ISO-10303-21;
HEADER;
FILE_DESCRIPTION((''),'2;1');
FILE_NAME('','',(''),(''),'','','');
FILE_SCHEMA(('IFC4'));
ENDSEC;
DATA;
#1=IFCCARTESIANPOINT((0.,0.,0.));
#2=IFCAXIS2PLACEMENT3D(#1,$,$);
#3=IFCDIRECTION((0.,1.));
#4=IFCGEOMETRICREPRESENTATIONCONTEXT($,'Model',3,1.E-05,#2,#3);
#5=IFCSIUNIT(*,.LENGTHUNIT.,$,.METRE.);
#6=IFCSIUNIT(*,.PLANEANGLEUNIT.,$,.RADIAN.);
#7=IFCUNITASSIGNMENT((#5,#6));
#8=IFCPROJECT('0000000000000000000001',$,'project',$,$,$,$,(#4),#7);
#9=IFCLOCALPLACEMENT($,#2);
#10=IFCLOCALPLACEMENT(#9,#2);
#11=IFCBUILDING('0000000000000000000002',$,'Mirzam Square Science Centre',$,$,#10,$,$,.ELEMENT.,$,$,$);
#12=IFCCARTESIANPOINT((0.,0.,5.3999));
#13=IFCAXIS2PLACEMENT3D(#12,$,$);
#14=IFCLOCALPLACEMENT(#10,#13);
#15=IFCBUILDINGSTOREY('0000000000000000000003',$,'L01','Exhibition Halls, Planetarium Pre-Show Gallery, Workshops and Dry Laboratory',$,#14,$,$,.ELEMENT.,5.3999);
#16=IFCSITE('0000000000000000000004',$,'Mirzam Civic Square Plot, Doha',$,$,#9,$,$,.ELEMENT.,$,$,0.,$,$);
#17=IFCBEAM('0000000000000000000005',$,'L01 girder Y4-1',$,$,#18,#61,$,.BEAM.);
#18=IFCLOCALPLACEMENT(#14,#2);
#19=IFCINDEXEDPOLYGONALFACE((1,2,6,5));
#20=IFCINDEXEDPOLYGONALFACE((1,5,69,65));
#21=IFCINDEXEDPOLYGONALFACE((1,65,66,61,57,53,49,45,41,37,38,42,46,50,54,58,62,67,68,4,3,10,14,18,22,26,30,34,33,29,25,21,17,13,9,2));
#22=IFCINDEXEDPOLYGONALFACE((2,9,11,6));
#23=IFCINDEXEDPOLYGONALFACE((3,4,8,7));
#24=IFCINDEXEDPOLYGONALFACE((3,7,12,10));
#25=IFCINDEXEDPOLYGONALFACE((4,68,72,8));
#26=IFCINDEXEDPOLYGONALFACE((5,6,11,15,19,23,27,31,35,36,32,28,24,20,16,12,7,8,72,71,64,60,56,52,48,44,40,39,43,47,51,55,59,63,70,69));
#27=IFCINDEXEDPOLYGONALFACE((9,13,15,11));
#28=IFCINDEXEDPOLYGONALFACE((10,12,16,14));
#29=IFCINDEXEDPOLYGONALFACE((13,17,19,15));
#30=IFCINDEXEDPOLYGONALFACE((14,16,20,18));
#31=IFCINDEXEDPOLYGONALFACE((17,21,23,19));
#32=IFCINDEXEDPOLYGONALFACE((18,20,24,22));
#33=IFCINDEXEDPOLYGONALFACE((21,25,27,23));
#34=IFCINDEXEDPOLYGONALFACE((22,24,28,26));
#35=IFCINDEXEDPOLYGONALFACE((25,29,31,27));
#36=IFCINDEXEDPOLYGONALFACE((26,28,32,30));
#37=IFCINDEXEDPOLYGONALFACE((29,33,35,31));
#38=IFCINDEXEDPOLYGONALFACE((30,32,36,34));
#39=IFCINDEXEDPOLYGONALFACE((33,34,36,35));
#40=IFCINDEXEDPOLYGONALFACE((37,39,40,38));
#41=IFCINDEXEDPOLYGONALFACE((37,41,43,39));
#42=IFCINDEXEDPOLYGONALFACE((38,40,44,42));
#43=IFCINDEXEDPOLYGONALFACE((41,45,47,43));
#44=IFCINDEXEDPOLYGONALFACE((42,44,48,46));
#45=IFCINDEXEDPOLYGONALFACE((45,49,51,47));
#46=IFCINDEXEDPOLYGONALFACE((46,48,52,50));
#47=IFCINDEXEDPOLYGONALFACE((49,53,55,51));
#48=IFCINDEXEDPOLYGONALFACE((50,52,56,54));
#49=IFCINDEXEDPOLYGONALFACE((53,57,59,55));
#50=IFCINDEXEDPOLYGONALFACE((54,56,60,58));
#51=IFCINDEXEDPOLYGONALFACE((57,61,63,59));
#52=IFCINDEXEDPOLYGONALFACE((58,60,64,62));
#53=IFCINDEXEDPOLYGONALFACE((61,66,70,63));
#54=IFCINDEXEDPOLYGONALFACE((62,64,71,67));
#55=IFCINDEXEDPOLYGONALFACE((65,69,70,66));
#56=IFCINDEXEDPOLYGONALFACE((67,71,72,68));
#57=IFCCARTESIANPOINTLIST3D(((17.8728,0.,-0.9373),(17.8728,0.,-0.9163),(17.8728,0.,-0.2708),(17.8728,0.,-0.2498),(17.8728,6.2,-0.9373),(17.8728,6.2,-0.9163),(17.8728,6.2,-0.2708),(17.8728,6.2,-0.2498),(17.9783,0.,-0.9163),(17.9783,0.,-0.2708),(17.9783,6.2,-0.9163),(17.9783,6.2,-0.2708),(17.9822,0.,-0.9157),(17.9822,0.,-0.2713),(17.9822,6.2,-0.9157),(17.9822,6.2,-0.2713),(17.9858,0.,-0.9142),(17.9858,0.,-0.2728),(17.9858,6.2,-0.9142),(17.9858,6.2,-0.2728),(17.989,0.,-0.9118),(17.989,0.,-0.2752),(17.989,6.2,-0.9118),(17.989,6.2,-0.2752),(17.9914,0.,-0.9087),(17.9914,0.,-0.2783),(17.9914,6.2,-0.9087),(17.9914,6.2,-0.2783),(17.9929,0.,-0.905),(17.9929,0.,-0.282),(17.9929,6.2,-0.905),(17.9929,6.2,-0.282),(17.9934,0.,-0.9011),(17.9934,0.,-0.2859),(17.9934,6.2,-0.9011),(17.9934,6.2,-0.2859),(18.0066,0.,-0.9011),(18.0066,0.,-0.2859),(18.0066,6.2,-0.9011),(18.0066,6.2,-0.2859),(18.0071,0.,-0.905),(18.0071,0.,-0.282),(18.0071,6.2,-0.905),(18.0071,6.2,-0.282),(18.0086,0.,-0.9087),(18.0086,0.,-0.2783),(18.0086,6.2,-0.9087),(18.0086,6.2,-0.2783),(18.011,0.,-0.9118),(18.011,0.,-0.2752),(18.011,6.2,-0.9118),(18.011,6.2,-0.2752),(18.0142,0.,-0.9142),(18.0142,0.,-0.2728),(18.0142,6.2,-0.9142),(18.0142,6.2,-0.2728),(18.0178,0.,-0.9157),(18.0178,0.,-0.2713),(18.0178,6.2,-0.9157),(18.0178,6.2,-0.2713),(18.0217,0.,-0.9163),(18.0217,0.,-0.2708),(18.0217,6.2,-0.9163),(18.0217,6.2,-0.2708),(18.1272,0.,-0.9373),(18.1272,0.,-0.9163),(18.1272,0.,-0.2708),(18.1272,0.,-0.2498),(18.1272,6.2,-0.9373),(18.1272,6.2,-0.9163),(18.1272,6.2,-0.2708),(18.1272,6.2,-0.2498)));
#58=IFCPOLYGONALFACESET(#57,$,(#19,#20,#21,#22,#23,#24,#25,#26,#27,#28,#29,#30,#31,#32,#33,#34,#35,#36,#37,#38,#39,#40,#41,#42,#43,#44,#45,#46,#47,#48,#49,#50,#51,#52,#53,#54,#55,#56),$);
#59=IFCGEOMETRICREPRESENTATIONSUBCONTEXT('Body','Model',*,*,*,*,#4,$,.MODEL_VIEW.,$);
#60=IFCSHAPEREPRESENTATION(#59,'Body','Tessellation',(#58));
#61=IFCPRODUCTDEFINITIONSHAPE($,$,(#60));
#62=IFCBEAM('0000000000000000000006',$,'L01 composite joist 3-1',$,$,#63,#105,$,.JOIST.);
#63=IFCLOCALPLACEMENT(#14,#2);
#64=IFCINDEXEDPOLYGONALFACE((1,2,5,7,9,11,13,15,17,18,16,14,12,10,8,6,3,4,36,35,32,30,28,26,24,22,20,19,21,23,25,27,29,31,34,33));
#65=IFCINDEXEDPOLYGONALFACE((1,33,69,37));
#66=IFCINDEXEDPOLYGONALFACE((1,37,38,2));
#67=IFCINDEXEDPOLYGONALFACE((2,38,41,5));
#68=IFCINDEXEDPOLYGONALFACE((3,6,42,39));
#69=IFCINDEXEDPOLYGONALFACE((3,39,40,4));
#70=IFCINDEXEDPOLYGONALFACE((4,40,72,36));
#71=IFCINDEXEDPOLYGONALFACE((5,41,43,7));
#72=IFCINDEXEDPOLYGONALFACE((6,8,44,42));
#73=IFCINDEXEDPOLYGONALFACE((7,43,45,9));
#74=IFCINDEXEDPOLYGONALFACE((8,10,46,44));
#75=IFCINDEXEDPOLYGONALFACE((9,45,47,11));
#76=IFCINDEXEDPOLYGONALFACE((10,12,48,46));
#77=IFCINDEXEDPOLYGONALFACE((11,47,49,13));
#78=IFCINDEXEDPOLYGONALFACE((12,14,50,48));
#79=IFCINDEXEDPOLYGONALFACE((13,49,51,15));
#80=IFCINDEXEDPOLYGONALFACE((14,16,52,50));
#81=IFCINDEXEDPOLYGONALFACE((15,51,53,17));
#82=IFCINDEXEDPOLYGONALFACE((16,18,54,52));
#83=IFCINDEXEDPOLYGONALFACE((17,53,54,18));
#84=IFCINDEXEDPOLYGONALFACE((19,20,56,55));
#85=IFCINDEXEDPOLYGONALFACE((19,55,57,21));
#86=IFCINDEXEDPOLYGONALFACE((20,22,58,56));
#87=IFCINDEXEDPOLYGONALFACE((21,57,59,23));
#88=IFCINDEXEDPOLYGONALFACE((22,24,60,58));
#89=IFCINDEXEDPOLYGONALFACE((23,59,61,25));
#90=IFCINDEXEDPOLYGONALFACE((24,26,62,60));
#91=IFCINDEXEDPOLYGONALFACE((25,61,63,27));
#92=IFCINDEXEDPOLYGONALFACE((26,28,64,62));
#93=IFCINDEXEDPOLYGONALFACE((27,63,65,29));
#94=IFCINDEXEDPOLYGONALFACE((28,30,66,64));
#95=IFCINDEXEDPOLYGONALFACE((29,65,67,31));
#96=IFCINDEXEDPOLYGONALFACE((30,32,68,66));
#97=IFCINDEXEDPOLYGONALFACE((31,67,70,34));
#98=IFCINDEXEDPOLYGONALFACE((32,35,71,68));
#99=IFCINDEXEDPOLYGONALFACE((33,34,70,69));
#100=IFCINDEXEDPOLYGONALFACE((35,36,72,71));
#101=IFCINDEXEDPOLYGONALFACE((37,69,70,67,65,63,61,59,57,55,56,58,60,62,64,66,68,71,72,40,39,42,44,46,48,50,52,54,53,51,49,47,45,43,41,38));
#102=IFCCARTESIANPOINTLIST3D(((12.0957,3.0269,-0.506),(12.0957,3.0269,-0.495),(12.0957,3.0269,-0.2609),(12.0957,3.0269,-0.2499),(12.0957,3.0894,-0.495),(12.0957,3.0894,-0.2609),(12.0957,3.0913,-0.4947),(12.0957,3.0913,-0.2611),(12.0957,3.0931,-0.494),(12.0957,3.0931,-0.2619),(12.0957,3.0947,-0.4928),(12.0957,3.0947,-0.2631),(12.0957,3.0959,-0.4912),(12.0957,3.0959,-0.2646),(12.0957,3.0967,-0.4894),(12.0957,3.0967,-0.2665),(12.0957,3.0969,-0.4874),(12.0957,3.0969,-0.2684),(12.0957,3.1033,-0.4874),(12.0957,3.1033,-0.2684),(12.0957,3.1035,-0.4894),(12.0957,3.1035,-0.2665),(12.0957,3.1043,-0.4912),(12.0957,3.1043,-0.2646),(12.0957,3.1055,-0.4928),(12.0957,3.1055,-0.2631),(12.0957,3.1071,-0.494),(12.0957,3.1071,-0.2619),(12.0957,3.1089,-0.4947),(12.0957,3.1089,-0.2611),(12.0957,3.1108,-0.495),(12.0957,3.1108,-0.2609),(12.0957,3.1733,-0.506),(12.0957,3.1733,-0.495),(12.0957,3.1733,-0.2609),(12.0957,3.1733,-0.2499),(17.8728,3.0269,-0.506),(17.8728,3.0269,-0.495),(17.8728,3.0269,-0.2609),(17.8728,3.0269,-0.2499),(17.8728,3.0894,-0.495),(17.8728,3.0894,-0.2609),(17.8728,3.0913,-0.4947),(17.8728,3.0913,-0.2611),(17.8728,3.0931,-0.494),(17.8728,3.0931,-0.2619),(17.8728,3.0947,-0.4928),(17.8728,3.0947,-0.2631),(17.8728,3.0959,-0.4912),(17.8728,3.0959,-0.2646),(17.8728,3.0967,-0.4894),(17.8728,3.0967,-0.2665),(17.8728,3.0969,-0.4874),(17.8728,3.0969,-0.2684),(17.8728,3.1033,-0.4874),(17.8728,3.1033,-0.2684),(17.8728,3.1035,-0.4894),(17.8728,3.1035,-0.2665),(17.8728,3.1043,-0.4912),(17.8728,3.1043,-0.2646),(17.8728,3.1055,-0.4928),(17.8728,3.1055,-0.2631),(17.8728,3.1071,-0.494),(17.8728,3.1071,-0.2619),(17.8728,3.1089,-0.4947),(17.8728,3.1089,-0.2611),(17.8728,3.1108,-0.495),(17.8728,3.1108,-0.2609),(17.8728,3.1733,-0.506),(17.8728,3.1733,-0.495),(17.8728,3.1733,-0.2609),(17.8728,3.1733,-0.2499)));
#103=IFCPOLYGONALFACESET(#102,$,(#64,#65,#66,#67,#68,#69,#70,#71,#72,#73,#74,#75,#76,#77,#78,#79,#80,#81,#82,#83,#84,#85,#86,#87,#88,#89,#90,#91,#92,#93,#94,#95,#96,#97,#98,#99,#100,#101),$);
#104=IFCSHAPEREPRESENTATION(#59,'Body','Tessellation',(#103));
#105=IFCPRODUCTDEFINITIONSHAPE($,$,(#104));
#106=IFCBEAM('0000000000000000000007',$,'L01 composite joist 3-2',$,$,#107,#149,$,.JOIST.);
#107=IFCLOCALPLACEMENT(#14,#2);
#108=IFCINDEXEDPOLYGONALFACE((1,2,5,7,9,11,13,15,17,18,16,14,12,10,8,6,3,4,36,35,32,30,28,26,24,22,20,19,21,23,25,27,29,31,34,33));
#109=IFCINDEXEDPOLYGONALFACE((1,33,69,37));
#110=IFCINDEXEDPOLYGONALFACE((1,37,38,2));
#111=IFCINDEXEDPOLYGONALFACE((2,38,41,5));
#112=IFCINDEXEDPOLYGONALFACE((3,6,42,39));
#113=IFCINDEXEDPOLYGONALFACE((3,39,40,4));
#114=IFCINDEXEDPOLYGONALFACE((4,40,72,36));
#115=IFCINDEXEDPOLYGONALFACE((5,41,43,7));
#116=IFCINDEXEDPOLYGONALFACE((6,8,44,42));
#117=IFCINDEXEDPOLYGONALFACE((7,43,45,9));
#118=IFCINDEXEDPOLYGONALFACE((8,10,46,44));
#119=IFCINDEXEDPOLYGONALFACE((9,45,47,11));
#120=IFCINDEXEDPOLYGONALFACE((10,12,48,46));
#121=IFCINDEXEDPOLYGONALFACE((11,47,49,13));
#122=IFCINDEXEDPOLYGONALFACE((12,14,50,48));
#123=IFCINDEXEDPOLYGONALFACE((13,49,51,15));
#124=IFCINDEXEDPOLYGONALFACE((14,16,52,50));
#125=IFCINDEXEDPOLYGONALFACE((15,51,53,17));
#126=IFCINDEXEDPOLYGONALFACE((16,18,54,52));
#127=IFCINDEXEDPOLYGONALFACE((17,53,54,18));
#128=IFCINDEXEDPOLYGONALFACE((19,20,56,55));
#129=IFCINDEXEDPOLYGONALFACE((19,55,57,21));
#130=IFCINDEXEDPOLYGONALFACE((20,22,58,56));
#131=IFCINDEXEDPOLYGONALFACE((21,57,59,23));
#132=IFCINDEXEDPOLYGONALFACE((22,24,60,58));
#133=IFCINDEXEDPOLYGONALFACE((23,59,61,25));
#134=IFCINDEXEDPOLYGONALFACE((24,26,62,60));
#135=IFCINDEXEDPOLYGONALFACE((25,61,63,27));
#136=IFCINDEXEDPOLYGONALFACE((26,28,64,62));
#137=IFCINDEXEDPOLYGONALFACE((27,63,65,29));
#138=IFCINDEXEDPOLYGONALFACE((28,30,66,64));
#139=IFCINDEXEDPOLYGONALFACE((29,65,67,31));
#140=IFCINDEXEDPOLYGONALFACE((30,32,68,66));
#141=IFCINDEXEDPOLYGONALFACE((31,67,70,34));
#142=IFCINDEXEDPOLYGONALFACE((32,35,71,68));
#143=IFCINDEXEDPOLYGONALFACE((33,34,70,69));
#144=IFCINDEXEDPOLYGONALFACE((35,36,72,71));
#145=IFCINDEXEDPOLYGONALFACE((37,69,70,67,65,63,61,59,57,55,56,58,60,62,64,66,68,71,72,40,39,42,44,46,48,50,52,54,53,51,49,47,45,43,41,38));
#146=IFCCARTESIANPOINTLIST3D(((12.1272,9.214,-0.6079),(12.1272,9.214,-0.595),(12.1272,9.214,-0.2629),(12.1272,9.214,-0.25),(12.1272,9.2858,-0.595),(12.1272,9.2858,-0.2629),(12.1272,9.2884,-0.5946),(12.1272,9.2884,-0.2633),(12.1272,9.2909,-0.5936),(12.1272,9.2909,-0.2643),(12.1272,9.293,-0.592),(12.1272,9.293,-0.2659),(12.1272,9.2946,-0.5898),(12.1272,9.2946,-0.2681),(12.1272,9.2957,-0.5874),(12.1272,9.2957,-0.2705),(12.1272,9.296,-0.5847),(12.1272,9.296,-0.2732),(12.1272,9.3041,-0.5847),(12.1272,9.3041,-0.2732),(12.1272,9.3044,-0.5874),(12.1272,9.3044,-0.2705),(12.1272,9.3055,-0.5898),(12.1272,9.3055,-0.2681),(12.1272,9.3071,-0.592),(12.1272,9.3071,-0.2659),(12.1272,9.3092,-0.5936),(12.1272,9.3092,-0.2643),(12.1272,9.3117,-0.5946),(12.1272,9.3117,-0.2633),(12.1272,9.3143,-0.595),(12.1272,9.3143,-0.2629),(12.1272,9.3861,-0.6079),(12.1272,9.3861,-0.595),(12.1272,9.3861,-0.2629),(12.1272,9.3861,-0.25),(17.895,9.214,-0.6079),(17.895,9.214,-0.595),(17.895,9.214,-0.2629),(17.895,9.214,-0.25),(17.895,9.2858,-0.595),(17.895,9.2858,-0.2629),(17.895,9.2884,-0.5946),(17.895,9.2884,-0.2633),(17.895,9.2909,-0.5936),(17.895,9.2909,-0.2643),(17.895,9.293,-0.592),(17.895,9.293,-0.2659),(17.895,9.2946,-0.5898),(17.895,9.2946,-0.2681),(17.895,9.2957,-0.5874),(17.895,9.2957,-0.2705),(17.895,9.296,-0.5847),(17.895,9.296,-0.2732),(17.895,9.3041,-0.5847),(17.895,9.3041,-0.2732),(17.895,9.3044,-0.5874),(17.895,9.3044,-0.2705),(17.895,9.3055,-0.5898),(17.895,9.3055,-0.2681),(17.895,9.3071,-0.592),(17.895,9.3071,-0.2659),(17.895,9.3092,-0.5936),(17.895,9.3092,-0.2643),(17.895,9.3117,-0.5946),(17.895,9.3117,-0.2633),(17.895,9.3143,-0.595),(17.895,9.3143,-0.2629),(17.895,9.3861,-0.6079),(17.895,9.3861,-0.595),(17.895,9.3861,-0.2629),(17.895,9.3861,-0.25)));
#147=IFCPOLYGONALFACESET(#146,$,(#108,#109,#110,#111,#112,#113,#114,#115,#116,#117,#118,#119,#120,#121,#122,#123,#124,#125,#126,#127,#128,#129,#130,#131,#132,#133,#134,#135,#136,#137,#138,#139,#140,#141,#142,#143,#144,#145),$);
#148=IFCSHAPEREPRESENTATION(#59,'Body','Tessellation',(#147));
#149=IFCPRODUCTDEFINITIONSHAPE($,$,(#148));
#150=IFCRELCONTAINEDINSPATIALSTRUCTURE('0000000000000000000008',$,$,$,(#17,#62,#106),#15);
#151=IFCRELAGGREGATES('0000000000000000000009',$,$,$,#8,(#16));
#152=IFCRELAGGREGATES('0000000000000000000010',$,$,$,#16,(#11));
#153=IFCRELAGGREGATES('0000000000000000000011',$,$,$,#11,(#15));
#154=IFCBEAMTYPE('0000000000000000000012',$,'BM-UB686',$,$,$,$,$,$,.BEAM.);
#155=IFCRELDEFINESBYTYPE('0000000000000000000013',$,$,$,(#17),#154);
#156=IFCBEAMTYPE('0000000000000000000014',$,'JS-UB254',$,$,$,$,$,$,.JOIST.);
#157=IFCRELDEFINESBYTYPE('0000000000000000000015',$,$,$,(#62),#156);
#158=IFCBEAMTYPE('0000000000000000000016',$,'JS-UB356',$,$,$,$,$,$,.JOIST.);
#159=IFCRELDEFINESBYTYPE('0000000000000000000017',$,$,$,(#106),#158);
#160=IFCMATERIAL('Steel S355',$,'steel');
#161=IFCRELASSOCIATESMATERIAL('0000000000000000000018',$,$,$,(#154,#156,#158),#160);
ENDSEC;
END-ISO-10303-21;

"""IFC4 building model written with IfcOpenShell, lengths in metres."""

from ifc_helpers import new_model, si_unit, direction, frame, origin, origin_2d, place, context, subcontext, project, spatial, i_section, extrude, material, material_profile, profile_set, type_object, element, save


model = new_model("IFC4")

# Units and contexts
model_context = context("Model", 3, precision=1e-05, world=origin(), true_north=direction((0.0, 1.0)))
body_context = subcontext(model_context, "Body", "Model", "MODEL_VIEW")
ifc_project = project(units=[si_unit("LENGTHUNIT", "METRE"), si_unit("PLANEANGLEUNIT", "RADIAN")], contexts=[model_context])

# Site, building, storey
site_placement = place(None, origin())
site = spatial("IfcSite", under=ifc_project, at=site_placement, Name="Mirzam Civic Square Plot, Doha", CompositionType="ELEMENT", RefElevation=0.0)
building_placement = place(site_placement, origin())
building = spatial("IfcBuilding", under=site, at=building_placement, Name="Mirzam Square Science Centre", CompositionType="ELEMENT")
storey_placement = place(building_placement, frame((0.0, 0.0, 5.3999)))
storey = spatial("IfcBuildingStorey", under=building, at=storey_placement, Name="L01", Description="Exhibition Halls, Planetarium Pre-Show Gallery, Workshops and Dry Laboratory", CompositionType="ELEMENT", Elevation=5.3999)

# Shared definitions
ifc_material_1 = material(Name="Steel S355", Category="steel")

# Beams
ifc_material_profile_1 = material_profile(ifc_material_1, i_section(OverallWidth=0.2544, OverallDepth=0.6875, WebThickness=0.0132, FlangeThickness=0.021, FilletRadius=0.0151, at=origin_2d()), Name="686x254x152UB")
ifc_profile_set_1 = profile_set([ifc_material_profile_1], Name="Steel S355")
beam_type_1 = type_object("IfcBeamType", Name="BM-UB686", PredefinedType="BEAM", material=ifc_profile_set_1)
for number, where, z_axis, x_axis, name in (
    (1, (18.0, 0.0, -0.5935), (0.0, 1.0, 0.0), (-1.0, 0.0, 0.0), "L01 girder Y4-1"),
):
    element("IfcBeam", number, at=place(storey_placement, frame(where, z_axis=z_axis, x_axis=x_axis)), inside=storey, type_object=beam_type_1, Name=name, PredefinedType="BEAM", context=body_context, shape_type="SweptSolid", body=[
        extrude(i_section(OverallWidth=0.2544, OverallDepth=0.6875, WebThickness=0.0132, FlangeThickness=0.021, FilletRadius=0.0151, at=origin_2d()), origin(), (0.0, 0.0, 1.0), 6.2),
    ])
ifc_material_profile_2 = material_profile(ifc_material_1, i_section(OverallWidth=0.1465, OverallDepth=0.2561, WebThickness=0.0063, FlangeThickness=0.011, FilletRadius=0.0076, at=origin_2d()), Name="254x146x37UB")
ifc_profile_set_2 = profile_set([ifc_material_profile_2], Name="Steel S355")
beam_type_2 = type_object("IfcBeamType", Name="JS-UB254", PredefinedType="JOIST", material=ifc_profile_set_2)
beam_1_placement = place(storey_placement, frame((12.0957, 3.1001, -0.3779), z_axis=(1.0, 0.0, 0.0), x_axis=(0.0, 1.0, 0.0)))
element("IfcBeam", 2, at=beam_1_placement, inside=storey, type_object=beam_type_2, Name="L01 composite joist 3-1", PredefinedType="JOIST", context=body_context, shape_type="SweptSolid", body=[
    extrude(i_section(OverallWidth=0.1465, OverallDepth=0.2561, WebThickness=0.0063, FlangeThickness=0.011, FilletRadius=0.0076, at=origin_2d()), origin(), (0.0, 0.0, 1.0), 5.7771),
])
ifc_material_profile_3 = material_profile(ifc_material_1, i_section(OverallWidth=0.1721, OverallDepth=0.3579, WebThickness=0.0081, FlangeThickness=0.0129, FilletRadius=0.0103, at=origin_2d()), Name="356x171x57UB")
ifc_profile_set_3 = profile_set([ifc_material_profile_3], Name="Steel S355")
beam_type_3 = type_object("IfcBeamType", Name="JS-UB356", PredefinedType="JOIST", material=ifc_profile_set_3)
beam_2_placement = place(storey_placement, frame((12.1272, 9.3, -0.429), z_axis=(1.0, 0.0, 0.0), x_axis=(0.0, 1.0, 0.0)))
element("IfcBeam", 3, at=beam_2_placement, inside=storey, type_object=beam_type_3, Name="L01 composite joist 3-2", PredefinedType="JOIST", context=body_context, shape_type="SweptSolid", body=[
    extrude(i_section(OverallWidth=0.1721, OverallDepth=0.3579, WebThickness=0.0081, FlangeThickness=0.0129, FilletRadius=0.0103, at=origin_2d()), origin(), (0.0, 0.0, 1.0), 5.7678),
])

save(model, "model.ifc")
